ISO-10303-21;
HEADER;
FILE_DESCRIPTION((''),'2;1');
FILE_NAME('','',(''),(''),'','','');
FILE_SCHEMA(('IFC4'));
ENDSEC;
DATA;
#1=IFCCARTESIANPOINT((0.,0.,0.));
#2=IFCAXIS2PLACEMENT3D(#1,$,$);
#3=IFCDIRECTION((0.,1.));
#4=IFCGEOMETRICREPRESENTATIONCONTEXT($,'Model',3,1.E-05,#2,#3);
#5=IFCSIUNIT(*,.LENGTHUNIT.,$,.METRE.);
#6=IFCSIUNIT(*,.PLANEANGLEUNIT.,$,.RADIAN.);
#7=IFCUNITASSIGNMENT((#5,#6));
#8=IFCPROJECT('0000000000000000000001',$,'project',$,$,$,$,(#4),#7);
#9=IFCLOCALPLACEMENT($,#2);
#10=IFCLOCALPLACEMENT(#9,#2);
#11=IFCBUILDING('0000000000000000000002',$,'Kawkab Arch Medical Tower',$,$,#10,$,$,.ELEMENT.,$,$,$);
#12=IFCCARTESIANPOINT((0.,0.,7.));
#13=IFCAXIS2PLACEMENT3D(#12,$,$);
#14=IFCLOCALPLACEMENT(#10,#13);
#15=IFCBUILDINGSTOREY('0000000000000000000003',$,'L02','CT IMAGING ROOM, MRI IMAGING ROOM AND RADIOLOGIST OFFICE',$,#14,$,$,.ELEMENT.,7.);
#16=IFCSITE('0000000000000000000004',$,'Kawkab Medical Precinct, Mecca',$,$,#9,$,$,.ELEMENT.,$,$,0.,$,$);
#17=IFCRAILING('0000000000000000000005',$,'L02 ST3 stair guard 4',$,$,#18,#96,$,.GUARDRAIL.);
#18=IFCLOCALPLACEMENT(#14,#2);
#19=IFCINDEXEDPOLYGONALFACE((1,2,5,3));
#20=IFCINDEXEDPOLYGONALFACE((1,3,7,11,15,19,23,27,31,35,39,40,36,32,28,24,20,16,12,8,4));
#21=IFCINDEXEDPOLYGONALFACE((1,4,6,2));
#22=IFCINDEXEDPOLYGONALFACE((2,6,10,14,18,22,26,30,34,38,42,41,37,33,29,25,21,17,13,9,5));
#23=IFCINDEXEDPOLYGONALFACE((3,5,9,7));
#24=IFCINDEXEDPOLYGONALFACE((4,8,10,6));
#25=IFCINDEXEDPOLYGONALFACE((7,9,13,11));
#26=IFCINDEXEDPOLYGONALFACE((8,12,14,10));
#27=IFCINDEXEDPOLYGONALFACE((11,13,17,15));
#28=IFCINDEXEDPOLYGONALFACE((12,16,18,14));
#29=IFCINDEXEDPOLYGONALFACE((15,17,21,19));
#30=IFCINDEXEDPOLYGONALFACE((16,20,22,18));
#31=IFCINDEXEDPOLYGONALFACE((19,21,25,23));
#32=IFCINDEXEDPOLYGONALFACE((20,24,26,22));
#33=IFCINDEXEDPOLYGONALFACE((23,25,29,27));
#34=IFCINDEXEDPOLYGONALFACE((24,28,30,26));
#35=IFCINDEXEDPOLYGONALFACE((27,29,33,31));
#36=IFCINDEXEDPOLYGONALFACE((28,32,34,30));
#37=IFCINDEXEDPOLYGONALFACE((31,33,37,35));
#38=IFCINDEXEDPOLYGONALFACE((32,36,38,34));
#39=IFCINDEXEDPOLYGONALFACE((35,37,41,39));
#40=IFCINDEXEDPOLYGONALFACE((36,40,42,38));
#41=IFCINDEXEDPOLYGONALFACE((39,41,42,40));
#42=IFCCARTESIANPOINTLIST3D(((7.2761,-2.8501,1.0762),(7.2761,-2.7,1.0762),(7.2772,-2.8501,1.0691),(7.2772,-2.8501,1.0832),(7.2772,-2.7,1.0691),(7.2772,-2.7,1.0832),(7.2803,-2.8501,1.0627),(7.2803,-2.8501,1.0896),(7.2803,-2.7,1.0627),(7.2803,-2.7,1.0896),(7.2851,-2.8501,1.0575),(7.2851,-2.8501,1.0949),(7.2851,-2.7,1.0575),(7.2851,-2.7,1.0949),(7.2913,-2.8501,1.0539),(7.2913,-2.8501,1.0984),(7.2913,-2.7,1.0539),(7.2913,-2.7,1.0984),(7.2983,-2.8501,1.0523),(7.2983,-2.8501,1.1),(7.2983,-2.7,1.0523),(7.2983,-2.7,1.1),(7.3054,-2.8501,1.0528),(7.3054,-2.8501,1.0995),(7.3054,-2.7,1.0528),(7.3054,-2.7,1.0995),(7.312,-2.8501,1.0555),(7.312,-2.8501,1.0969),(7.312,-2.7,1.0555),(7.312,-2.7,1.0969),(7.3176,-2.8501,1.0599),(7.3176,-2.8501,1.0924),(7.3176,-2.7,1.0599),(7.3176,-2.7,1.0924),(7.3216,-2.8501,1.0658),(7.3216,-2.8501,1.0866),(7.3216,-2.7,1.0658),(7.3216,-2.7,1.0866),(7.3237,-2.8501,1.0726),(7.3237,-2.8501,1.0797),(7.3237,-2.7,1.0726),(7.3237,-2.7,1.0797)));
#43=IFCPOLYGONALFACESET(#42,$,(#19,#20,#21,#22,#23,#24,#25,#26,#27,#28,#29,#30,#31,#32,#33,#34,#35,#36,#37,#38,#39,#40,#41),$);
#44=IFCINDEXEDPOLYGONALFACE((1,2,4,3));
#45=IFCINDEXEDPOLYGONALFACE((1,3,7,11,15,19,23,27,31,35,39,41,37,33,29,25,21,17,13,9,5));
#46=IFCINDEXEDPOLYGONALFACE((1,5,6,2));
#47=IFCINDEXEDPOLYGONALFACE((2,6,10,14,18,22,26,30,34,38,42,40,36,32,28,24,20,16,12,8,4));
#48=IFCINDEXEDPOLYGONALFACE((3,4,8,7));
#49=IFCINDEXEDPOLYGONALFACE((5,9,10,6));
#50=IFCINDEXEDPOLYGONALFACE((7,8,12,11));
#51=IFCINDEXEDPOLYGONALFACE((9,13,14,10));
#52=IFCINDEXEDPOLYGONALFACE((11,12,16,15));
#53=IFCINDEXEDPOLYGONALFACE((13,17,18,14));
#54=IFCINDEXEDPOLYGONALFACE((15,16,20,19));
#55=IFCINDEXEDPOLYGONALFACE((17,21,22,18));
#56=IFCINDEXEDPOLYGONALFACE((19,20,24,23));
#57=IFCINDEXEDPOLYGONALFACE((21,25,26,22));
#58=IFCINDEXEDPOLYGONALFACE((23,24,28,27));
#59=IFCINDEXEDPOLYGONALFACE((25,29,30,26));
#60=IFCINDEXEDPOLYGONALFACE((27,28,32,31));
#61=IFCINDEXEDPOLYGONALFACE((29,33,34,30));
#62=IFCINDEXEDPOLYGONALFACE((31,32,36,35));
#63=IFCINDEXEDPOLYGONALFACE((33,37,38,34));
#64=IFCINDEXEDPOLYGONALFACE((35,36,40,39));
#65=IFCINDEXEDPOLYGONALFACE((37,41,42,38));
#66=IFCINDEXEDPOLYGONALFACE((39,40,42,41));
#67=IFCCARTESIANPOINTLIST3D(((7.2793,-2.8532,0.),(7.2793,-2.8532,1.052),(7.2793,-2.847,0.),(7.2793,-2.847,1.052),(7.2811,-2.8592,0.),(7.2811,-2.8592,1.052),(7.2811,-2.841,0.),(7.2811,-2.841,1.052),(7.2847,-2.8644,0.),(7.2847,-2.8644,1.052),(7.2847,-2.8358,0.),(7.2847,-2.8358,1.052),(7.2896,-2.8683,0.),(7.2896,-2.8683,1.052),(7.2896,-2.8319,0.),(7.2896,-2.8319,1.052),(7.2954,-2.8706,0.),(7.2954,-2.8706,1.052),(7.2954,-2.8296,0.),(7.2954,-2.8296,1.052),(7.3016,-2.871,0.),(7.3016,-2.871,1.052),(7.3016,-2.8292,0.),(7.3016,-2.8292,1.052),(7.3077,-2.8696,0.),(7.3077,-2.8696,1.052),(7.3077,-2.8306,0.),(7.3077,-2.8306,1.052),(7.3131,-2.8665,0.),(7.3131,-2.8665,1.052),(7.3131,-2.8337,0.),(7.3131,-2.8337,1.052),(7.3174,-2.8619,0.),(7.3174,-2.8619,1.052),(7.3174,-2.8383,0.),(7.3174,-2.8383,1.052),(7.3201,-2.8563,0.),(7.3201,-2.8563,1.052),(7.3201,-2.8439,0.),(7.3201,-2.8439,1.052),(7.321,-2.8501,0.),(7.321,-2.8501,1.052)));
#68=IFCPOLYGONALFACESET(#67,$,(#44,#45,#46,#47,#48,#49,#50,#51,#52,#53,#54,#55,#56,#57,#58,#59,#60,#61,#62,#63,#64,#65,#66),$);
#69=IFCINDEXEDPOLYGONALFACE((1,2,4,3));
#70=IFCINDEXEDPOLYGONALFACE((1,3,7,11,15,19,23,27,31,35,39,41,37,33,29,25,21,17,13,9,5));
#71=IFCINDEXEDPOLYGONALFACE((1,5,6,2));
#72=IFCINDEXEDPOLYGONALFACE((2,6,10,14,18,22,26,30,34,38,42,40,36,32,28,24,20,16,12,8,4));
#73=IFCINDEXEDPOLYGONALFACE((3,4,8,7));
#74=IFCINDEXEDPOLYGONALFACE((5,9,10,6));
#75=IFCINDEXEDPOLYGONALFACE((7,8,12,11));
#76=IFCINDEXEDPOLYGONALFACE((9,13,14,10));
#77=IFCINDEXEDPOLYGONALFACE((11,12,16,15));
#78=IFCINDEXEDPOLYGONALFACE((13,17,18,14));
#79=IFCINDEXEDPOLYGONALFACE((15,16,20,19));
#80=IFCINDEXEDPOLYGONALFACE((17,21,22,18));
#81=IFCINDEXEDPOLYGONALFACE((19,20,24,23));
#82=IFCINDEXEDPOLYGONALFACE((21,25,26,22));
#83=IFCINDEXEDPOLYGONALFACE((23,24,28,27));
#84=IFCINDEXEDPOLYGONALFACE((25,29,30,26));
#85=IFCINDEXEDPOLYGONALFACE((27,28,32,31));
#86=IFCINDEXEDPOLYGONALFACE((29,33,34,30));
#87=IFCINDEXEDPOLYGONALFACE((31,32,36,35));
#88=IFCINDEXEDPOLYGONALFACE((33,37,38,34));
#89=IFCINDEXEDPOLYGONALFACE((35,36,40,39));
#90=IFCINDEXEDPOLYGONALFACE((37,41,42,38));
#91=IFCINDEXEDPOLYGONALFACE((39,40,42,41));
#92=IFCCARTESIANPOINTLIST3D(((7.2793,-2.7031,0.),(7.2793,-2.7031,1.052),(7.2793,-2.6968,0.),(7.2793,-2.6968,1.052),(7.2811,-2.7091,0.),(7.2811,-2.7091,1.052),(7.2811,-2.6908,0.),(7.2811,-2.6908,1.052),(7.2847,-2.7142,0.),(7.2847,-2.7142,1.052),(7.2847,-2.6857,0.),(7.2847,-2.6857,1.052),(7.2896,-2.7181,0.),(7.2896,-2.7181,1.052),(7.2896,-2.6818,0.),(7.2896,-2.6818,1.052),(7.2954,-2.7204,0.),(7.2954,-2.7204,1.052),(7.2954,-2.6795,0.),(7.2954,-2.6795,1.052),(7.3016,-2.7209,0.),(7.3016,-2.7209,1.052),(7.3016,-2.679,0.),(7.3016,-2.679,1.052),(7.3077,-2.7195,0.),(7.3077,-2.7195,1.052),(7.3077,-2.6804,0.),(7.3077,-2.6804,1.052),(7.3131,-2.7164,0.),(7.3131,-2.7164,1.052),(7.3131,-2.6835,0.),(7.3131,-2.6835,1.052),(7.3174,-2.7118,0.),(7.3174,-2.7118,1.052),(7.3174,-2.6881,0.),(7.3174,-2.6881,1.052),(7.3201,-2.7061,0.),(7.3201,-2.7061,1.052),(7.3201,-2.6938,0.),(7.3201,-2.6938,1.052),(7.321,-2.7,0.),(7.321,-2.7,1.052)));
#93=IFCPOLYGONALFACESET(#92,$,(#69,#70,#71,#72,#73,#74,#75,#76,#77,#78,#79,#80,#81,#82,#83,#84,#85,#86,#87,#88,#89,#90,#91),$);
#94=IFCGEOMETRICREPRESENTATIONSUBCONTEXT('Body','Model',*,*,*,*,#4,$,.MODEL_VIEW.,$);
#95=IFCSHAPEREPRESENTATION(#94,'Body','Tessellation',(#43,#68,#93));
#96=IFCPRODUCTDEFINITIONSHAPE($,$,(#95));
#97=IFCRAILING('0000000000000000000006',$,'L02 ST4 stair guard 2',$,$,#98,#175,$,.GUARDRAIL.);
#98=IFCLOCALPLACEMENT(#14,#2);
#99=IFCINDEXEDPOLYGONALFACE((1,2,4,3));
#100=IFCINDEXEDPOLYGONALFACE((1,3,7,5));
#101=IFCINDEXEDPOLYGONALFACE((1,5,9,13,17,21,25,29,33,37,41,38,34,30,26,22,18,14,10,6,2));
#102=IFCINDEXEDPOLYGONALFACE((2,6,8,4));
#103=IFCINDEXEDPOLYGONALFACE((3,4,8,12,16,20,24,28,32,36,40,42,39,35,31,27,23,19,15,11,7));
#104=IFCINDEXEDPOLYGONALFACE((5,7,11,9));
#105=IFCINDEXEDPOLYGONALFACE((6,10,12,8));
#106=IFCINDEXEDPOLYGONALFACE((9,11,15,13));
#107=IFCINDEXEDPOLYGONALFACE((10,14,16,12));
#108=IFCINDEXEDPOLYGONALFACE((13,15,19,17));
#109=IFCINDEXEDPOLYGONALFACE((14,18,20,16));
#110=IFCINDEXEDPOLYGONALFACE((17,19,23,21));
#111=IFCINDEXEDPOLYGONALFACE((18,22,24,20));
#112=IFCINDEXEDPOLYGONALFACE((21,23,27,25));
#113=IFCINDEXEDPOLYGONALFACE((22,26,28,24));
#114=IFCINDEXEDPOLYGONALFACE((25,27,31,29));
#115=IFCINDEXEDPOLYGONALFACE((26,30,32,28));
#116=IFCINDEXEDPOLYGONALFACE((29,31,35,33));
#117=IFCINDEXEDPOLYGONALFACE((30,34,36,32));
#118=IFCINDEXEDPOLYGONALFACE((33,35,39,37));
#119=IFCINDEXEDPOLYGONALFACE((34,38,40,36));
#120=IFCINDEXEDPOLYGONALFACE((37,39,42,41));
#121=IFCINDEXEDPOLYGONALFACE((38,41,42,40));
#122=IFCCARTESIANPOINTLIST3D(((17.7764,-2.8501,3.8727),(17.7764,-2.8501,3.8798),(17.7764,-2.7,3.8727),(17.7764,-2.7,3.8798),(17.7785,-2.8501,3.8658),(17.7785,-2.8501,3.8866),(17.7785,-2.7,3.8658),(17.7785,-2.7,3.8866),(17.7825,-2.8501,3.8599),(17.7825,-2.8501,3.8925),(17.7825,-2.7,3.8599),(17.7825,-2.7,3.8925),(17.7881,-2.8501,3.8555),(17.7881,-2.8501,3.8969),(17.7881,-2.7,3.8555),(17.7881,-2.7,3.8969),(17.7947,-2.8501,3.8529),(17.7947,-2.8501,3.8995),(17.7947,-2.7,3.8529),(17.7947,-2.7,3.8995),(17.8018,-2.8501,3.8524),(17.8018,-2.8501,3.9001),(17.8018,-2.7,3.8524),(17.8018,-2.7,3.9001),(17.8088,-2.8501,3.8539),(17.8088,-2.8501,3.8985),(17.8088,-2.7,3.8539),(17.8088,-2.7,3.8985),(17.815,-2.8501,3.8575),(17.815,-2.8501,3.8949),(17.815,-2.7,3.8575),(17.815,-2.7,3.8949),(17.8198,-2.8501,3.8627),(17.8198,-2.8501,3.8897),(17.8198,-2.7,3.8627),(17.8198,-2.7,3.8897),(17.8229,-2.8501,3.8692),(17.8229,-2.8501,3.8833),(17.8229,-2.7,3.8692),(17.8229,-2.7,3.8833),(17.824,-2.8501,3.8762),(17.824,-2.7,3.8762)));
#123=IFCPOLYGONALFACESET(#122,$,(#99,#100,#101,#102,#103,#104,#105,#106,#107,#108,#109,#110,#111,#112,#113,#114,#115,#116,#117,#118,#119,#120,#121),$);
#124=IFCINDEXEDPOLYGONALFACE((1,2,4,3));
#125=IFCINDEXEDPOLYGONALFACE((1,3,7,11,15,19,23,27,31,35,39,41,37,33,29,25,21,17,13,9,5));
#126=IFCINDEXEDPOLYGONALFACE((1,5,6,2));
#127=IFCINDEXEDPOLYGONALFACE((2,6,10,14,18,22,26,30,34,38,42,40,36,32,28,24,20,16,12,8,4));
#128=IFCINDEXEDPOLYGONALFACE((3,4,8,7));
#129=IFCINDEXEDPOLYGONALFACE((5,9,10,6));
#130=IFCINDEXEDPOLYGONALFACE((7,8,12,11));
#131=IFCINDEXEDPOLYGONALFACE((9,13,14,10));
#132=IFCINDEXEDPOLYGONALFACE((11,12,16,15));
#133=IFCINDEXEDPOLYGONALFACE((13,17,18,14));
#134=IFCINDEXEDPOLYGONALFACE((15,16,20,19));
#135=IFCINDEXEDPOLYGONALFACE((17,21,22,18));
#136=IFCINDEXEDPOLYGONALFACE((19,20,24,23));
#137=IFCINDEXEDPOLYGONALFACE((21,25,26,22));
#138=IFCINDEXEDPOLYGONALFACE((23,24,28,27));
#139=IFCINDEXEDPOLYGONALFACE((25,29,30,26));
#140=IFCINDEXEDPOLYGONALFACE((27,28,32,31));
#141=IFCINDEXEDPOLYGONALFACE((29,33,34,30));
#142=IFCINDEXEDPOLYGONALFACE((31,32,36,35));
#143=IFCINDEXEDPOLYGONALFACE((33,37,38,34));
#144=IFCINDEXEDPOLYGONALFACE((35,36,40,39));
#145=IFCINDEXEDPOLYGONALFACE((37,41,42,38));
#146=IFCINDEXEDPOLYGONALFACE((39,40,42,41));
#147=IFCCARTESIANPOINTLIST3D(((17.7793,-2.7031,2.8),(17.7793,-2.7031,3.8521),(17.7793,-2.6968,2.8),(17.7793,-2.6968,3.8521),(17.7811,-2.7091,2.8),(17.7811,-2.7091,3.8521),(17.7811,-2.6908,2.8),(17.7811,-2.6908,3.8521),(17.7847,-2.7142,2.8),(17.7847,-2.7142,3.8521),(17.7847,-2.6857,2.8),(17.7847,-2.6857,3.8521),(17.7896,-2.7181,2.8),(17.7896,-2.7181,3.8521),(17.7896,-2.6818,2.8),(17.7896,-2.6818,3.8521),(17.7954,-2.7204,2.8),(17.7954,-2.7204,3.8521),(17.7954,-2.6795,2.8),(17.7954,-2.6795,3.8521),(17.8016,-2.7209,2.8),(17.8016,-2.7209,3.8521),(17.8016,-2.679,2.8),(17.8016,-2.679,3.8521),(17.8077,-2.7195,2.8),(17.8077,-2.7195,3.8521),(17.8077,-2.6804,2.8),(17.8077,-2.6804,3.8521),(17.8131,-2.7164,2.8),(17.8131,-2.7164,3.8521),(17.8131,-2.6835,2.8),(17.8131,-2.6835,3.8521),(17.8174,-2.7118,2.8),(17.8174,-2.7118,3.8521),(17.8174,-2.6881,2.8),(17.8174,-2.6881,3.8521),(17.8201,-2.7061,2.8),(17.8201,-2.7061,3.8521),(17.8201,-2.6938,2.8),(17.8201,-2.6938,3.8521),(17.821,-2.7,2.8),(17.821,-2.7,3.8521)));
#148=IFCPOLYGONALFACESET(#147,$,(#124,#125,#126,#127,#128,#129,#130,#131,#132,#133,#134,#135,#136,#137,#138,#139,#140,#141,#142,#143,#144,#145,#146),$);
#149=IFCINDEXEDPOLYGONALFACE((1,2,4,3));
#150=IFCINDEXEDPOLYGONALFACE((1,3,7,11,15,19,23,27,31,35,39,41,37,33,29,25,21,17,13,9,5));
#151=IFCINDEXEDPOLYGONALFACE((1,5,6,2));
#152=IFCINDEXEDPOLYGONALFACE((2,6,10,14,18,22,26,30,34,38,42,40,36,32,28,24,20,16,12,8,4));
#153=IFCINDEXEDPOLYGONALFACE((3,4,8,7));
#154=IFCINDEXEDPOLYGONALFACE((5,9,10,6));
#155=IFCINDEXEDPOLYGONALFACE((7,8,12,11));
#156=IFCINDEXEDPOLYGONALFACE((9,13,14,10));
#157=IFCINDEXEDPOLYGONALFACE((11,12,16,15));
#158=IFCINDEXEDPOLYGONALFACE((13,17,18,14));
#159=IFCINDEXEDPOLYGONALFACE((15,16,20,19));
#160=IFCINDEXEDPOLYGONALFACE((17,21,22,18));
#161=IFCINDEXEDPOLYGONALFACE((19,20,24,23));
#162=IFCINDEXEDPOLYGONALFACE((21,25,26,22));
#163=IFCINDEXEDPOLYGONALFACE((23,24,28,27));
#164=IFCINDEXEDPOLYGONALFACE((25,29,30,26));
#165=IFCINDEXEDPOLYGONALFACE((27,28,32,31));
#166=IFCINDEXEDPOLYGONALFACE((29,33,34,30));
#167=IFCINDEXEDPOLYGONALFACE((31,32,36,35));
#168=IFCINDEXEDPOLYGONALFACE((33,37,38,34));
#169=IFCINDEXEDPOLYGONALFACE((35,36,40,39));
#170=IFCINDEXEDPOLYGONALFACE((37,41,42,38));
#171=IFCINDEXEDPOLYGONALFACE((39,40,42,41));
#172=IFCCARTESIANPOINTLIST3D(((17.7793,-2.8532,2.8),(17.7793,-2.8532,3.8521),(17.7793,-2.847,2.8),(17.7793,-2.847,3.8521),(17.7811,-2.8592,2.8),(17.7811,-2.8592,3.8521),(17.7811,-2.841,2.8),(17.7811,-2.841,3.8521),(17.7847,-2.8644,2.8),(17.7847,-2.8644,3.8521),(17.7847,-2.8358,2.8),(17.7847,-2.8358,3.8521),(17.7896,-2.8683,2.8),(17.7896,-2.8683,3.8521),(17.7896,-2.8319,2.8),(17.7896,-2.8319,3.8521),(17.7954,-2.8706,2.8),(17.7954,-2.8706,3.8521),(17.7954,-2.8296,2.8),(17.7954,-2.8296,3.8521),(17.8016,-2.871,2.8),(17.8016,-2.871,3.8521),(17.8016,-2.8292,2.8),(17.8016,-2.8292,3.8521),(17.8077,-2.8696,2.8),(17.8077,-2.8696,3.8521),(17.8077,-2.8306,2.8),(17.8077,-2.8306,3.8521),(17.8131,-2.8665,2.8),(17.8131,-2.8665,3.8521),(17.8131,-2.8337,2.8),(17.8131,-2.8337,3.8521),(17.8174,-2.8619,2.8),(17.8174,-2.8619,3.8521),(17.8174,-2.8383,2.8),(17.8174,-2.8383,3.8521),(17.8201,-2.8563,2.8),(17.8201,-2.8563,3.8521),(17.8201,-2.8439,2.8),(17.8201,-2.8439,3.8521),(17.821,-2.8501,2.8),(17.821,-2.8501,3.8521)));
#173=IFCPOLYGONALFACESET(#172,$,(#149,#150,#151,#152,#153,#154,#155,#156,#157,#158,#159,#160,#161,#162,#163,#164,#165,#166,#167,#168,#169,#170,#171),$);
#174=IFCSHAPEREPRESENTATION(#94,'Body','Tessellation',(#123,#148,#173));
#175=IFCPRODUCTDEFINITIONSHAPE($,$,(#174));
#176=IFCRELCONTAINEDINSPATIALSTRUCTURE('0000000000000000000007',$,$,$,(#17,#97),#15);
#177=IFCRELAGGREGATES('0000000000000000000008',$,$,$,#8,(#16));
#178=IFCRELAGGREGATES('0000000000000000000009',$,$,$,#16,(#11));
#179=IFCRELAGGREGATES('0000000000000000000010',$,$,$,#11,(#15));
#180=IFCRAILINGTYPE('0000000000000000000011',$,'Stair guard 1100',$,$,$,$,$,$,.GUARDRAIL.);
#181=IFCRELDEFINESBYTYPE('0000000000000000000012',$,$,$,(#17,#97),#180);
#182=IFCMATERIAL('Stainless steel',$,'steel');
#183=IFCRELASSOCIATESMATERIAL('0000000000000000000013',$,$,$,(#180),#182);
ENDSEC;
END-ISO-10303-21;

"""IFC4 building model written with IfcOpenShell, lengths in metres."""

from ifc_helpers import new_model, si_unit, direction, frame, origin, origin_2d, place, context, subcontext, project, spatial, circle, extrude, material, type_object, element, save


model = new_model("IFC4")

# Units and contexts
model_context = context("Model", 3, precision=1e-05, world=origin(), true_north=direction((0.0, 1.0)))
body_context = subcontext(model_context, "Body", "Model", "MODEL_VIEW")
ifc_project = project(units=[si_unit("LENGTHUNIT", "METRE"), si_unit("PLANEANGLEUNIT", "RADIAN")], contexts=[model_context])

# Site, building, storey
site_placement = place(None, origin())
site = spatial("IfcSite", under=ifc_project, at=site_placement, Name="Kawkab Medical Precinct, Mecca", CompositionType="ELEMENT", RefElevation=0.0)
building_placement = place(site_placement, origin())
building = spatial("IfcBuilding", under=site, at=building_placement, Name="Kawkab Arch Medical Tower", CompositionType="ELEMENT")
storey_placement = place(building_placement, frame((0.0, 0.0, 7.0)))
storey = spatial("IfcBuildingStorey", under=building, at=storey_placement, Name="L02", Description="CT IMAGING ROOM, MRI IMAGING ROOM AND RADIOLOGIST OFFICE", CompositionType="ELEMENT", Elevation=7.0)

# Railings
ifc_material_1 = material(Name="Stainless steel", Category="steel")
railing_type = type_object("IfcRailingType", Name="Stair guard 1100", PredefinedType="GUARDRAIL", material=ifc_material_1)
railing_1_placement = place(storey_placement, frame((7.3, -2.8501, 0.0)))
element("IfcRailing", 1, at=railing_1_placement, inside=storey, type_object=railing_type, Name="L02 ST3 stair guard 4", PredefinedType="GUARDRAIL", context=body_context, shape_type="SweptSolid", body=[
    extrude(circle(Radius=0.0239, at=origin_2d()), frame((0.0, 0.0, 1.0762), z_axis=(0.0, 1.0, 0.0), x_axis=(-1.0, 0.0, 0.0)), (0.0, 0.0, 1.0), 0.1501),
    extrude(circle(Radius=0.021, at=origin_2d()), origin(), (0.0, 0.0, 1.0), 1.052),
    extrude(circle(Radius=0.021, at=origin_2d()), frame((0.0, 0.1501, 0.0)), (0.0, 0.0, 1.0), 1.052),
])
railing_2_placement = place(storey_placement, frame((17.8, -2.7, 2.8)))
element("IfcRailing", 2, at=railing_2_placement, inside=storey, type_object=railing_type, Name="L02 ST4 stair guard 2", PredefinedType="GUARDRAIL", context=body_context, shape_type="SweptSolid", body=[
    extrude(circle(Radius=0.0239, at=origin_2d()), frame((0.0, 0.0, 1.0762), z_axis=(0.0, -1.0, 0.0), x_axis=(1.0, 0.0, 0.0)), (0.0, 0.0, 1.0), 0.1501),
    extrude(circle(Radius=0.021, at=origin_2d()), origin(), (0.0, 0.0, 1.0), 1.052),
    extrude(circle(Radius=0.021, at=origin_2d()), frame((0.0, -0.1501, 0.0)), (0.0, 0.0, 1.0), 1.052),
])

save(model, "model.ifc")
